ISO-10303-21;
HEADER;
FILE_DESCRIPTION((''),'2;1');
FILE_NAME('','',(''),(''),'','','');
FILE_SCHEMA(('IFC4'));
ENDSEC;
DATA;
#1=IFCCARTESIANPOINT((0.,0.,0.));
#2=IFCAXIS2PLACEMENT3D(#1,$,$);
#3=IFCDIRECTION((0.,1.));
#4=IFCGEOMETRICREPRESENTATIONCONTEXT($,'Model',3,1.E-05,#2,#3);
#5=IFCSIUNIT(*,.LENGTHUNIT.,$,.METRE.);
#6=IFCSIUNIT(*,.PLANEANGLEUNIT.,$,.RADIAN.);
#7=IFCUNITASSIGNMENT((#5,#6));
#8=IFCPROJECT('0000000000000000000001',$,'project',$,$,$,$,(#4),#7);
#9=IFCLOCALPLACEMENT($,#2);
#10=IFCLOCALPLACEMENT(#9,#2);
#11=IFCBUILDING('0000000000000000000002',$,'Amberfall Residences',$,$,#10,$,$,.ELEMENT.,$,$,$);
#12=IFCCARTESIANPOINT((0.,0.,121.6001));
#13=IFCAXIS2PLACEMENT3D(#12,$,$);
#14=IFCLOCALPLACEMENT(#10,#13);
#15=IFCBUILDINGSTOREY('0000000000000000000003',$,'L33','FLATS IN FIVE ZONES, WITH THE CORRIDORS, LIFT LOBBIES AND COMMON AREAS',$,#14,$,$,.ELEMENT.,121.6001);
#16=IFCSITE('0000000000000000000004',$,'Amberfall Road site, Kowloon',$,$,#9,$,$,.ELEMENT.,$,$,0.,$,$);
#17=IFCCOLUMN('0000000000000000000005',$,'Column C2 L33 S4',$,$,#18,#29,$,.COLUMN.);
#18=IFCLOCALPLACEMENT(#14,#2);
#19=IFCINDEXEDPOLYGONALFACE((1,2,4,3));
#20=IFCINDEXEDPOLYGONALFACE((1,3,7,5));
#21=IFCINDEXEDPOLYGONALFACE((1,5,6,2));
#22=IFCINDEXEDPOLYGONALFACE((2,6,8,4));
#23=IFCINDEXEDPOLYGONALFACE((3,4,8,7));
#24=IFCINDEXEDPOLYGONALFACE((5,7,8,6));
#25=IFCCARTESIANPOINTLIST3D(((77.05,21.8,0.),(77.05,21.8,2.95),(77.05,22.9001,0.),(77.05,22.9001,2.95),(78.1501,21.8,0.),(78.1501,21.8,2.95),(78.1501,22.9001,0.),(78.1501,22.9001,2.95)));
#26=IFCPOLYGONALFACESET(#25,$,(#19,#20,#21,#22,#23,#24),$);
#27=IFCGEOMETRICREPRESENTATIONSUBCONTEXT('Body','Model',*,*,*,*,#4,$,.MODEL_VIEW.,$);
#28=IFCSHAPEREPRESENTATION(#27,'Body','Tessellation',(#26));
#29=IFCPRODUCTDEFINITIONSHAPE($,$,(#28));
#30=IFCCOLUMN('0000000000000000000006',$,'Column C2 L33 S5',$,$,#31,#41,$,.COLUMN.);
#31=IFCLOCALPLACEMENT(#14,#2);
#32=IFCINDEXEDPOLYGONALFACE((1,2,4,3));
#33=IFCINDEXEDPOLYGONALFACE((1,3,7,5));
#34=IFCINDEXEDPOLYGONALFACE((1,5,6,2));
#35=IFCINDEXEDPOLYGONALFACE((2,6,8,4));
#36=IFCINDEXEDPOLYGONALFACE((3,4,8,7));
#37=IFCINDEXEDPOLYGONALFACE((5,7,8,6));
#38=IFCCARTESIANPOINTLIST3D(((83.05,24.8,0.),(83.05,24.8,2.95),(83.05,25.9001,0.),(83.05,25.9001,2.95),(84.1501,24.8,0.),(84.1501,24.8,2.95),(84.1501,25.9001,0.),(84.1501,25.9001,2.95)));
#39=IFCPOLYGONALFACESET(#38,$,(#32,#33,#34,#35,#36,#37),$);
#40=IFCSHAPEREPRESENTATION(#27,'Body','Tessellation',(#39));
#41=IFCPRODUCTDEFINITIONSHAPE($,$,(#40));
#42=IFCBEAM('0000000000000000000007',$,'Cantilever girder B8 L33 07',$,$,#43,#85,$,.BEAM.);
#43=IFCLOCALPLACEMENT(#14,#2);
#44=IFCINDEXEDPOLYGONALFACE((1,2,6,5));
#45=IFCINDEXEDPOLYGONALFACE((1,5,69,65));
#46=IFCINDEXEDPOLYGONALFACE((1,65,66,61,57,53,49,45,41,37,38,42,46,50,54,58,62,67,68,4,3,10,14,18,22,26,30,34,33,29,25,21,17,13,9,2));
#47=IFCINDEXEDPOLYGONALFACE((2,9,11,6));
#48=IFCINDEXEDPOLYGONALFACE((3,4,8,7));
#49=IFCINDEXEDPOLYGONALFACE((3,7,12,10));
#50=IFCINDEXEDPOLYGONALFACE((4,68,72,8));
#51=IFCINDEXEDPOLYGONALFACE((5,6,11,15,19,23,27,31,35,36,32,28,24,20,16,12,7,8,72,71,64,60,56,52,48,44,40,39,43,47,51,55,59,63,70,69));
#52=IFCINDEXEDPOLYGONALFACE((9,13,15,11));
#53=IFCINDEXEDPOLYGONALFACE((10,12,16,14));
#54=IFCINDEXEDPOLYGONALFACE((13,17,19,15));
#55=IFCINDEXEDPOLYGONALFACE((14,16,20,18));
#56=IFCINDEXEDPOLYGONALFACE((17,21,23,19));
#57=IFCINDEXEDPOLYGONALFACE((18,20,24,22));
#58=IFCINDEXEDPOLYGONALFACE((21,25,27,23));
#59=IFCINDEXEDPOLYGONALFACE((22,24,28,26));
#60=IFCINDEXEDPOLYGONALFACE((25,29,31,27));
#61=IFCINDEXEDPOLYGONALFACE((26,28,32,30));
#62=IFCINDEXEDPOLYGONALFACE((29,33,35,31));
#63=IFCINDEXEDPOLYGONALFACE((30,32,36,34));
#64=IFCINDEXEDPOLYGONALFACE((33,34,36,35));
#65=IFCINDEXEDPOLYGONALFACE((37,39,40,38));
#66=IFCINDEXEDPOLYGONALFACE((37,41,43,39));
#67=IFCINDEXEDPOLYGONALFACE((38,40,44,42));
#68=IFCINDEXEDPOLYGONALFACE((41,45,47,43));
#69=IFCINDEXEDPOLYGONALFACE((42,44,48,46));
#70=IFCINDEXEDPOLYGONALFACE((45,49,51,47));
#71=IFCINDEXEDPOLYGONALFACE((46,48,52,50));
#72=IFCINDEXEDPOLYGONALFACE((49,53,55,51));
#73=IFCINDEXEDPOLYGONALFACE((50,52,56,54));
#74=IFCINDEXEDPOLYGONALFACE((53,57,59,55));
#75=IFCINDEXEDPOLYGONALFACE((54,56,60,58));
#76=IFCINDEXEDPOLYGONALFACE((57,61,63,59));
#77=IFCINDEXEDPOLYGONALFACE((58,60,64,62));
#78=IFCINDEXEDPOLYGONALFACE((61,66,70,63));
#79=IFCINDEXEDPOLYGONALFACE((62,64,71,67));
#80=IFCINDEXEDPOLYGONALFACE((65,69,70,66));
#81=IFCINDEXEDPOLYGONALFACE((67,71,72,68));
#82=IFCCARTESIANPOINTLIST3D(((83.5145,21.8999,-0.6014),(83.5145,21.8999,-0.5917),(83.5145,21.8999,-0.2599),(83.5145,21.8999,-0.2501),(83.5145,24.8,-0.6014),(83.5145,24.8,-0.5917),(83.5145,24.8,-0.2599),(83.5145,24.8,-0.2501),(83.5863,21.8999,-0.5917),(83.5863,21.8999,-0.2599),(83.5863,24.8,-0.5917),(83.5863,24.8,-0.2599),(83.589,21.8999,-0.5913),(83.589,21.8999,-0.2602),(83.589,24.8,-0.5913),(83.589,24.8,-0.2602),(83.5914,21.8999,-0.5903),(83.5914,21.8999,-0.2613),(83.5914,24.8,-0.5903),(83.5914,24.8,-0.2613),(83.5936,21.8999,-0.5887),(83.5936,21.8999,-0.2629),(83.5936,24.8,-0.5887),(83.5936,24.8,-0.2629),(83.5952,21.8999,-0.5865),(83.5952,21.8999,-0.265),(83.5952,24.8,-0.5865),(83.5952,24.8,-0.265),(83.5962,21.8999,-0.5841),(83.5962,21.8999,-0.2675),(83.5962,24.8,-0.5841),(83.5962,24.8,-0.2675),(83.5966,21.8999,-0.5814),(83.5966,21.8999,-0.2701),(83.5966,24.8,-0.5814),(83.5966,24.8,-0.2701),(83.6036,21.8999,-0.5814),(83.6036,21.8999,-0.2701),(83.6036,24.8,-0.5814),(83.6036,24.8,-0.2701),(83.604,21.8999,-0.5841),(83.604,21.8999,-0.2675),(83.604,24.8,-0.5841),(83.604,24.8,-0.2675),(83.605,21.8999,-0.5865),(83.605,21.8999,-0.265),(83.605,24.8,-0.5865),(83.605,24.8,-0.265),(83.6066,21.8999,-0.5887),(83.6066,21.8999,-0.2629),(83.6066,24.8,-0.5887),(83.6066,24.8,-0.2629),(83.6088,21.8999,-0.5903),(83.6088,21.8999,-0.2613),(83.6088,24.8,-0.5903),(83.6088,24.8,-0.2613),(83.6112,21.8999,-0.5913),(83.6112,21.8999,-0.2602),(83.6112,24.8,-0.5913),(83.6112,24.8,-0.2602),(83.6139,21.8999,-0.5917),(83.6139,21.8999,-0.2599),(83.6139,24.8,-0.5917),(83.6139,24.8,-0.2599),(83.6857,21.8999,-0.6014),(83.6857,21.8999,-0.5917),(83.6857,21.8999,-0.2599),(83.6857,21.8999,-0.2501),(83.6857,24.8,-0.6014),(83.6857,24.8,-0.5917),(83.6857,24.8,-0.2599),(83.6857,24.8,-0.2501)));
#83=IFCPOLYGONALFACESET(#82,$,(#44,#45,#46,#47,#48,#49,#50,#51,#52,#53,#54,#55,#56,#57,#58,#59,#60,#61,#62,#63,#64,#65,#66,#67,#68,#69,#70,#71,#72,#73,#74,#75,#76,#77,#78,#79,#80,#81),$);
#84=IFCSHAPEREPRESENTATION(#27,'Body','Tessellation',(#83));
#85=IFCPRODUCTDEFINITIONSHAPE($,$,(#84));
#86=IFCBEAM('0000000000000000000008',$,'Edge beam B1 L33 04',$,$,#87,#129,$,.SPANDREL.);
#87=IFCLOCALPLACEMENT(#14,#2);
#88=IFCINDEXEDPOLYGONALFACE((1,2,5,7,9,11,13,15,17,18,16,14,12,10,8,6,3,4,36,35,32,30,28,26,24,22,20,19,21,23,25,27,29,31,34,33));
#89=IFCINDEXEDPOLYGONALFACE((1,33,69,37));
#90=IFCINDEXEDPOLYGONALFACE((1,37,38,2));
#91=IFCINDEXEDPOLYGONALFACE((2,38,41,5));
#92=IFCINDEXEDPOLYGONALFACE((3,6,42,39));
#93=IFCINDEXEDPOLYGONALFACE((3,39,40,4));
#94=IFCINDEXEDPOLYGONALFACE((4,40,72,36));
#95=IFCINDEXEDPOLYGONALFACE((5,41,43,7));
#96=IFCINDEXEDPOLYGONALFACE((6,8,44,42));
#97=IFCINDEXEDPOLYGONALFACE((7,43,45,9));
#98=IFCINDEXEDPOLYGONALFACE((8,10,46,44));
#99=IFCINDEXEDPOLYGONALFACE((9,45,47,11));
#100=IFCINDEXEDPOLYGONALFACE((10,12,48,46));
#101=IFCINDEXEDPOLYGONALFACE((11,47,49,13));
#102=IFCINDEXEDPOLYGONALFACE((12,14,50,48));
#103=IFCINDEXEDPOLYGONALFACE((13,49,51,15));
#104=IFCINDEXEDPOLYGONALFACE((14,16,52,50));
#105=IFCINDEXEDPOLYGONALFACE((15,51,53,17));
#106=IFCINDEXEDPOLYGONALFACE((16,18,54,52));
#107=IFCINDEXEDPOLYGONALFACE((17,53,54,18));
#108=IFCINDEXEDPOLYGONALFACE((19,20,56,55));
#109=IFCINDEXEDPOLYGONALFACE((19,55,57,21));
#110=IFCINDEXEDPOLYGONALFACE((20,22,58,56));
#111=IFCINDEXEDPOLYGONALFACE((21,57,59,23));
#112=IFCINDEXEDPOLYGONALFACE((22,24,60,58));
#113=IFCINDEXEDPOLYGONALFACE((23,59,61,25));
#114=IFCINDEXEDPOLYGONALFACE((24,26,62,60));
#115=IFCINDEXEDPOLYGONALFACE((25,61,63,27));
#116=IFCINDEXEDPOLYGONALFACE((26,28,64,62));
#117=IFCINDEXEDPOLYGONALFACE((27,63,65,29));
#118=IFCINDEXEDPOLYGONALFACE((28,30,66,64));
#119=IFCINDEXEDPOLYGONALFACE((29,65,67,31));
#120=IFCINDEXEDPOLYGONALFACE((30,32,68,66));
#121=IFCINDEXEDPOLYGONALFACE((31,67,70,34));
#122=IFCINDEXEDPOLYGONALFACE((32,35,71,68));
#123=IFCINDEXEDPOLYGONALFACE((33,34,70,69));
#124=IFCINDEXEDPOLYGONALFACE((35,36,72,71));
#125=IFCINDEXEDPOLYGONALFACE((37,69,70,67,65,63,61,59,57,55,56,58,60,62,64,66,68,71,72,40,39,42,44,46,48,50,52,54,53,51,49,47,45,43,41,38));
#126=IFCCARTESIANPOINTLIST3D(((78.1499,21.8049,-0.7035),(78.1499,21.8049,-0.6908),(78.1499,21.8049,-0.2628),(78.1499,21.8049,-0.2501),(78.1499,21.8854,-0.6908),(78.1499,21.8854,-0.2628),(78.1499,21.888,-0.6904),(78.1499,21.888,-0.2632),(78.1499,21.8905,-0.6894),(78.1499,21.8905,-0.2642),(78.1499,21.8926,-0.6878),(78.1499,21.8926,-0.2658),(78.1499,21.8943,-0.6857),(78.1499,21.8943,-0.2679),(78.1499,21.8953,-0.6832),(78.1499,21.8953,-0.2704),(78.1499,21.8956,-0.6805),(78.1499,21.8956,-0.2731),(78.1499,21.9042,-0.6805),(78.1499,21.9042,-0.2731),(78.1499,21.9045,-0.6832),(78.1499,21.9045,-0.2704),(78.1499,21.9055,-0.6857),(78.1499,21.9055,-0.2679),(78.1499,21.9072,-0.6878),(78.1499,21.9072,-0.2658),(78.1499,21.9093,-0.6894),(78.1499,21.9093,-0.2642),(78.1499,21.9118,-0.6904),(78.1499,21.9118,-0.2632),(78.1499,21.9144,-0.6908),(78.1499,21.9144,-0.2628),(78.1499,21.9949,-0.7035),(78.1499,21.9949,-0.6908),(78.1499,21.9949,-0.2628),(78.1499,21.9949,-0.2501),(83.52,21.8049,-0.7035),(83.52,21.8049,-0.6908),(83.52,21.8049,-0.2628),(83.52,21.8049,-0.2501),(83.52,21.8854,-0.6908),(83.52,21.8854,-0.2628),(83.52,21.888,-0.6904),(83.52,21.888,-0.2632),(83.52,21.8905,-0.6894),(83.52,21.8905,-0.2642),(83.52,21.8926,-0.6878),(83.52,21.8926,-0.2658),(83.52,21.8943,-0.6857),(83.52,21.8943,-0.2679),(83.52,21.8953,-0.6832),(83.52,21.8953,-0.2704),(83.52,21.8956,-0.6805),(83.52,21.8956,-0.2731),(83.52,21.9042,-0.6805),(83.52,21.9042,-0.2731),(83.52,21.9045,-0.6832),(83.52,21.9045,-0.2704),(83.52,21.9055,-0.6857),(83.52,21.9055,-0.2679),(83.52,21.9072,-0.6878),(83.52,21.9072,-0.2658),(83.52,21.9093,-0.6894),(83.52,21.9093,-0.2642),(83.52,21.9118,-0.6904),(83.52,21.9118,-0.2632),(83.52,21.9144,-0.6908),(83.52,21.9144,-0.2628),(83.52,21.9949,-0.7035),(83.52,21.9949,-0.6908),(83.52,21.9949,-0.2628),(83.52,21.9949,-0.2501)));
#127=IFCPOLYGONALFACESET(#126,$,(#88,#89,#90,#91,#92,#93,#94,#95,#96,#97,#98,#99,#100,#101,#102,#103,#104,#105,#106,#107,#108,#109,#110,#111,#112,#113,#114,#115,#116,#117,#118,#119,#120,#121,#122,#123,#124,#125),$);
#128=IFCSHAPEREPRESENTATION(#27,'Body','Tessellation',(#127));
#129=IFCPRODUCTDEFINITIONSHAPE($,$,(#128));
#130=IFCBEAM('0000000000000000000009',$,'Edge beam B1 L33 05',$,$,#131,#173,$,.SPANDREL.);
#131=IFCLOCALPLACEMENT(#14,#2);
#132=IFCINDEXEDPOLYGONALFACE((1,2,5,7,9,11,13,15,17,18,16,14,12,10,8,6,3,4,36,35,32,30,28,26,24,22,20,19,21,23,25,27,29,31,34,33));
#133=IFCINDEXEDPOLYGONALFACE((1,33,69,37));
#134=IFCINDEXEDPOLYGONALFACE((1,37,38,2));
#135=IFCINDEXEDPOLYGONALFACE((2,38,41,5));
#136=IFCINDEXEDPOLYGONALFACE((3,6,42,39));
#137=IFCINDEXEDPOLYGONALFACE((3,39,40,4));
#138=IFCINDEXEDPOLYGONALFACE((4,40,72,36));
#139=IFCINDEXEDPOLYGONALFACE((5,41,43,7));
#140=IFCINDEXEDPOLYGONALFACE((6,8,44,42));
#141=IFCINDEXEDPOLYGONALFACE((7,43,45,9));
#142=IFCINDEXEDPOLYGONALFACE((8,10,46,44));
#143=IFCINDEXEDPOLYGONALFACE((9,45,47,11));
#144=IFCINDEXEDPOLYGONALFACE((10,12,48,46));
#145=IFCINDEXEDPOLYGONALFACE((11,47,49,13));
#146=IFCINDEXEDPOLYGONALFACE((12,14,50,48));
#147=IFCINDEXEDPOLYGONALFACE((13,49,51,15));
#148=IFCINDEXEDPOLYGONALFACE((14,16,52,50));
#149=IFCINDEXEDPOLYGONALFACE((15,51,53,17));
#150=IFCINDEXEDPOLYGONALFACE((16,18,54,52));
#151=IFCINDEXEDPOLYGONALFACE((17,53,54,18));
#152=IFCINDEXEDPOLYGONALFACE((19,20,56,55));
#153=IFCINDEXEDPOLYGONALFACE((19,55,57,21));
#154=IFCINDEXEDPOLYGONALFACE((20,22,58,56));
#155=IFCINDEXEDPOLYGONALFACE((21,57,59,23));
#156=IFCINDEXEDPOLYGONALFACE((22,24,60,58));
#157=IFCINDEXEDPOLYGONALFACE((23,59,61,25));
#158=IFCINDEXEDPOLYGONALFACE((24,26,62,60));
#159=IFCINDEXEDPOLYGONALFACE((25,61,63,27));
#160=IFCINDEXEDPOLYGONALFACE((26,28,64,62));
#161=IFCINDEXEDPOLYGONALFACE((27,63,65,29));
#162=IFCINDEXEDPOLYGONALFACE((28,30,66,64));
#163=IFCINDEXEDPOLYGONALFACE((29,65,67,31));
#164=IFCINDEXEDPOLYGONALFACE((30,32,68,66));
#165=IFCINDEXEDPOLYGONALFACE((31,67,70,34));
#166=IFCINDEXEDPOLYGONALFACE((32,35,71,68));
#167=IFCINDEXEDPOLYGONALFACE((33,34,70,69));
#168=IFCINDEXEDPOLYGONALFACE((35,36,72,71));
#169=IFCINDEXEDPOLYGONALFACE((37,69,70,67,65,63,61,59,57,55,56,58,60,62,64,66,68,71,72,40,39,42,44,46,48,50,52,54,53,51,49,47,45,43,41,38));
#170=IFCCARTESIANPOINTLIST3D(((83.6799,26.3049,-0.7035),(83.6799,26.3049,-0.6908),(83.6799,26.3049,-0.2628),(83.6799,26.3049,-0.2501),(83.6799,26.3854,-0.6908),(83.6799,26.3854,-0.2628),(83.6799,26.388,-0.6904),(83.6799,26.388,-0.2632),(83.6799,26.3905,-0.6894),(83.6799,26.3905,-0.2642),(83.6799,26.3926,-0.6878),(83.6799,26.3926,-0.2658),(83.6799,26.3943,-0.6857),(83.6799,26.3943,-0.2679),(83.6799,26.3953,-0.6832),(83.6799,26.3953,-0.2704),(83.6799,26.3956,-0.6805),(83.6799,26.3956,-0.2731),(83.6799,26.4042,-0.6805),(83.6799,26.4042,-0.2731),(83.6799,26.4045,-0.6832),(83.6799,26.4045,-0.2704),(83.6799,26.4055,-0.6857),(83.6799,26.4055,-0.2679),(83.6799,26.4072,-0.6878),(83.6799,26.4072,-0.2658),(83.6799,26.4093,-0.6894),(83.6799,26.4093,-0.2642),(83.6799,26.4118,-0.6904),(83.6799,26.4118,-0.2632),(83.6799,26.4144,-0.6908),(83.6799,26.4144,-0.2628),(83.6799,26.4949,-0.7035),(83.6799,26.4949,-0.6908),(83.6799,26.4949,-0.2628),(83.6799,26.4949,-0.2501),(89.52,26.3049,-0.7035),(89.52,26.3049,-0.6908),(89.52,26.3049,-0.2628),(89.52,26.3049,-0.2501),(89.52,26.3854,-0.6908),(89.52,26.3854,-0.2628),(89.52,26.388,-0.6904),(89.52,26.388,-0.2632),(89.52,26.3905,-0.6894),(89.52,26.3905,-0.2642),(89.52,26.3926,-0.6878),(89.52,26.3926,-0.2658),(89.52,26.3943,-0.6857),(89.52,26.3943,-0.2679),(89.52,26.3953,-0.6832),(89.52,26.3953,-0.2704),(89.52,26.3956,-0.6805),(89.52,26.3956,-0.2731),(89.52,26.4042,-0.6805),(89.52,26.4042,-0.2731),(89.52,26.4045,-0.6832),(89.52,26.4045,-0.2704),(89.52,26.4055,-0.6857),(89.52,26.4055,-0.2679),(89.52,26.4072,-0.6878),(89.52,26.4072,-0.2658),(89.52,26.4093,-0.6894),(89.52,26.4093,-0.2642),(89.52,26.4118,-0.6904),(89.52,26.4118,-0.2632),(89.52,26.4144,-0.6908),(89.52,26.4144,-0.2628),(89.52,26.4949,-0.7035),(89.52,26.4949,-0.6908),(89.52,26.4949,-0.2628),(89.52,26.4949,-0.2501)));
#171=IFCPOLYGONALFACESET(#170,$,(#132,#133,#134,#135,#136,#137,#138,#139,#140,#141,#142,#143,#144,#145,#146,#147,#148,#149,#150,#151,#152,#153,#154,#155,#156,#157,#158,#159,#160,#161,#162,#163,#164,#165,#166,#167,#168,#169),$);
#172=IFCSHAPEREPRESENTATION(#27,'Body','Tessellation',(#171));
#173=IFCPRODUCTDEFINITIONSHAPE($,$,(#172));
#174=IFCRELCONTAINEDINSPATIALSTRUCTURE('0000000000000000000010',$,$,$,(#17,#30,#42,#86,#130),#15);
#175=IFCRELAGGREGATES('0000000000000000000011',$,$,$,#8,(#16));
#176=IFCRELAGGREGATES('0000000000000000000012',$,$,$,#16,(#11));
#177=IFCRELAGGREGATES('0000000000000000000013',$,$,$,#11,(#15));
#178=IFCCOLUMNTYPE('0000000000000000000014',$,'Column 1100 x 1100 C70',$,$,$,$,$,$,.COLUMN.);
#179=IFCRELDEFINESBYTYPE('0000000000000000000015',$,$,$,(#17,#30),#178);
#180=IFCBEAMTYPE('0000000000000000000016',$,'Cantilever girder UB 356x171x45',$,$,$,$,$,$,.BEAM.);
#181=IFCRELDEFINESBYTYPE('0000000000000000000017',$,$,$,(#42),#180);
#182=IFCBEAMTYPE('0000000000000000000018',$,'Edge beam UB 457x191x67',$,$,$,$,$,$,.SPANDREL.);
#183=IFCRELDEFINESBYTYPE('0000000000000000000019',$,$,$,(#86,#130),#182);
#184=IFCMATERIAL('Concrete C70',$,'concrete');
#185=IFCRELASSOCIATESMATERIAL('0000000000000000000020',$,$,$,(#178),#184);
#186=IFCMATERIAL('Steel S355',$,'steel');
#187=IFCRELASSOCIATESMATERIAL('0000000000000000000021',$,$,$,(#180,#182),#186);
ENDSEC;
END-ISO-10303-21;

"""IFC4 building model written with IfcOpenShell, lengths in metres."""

from ifc_helpers import new_model, si_unit, direction, frame, origin, origin_2d, place, context, subcontext, project, spatial, rectangle, i_section, extrude, material, material_profile, profile_set, type_object, element, save


model = new_model("IFC4")

# Units and contexts
model_context = context("Model", 3, precision=1e-05, world=origin(), true_north=direction((0.0, 1.0)))
body_context = subcontext(model_context, "Body", "Model", "MODEL_VIEW")
ifc_project = project(units=[si_unit("LENGTHUNIT", "METRE"), si_unit("PLANEANGLEUNIT", "RADIAN")], contexts=[model_context])

# Site, building, storey
site_placement = place(None, origin())
site = spatial("IfcSite", under=ifc_project, at=site_placement, Name="Amberfall Road site, Kowloon", CompositionType="ELEMENT", RefElevation=0.0)
building_placement = place(site_placement, origin())
building = spatial("IfcBuilding", under=site, at=building_placement, Name="Amberfall Residences", CompositionType="ELEMENT")
storey_placement = place(building_placement, frame((0.0, 0.0, 121.6001)))
storey = spatial("IfcBuildingStorey", under=building, at=storey_placement, Name="L33", Description="FLATS IN FIVE ZONES, WITH THE CORRIDORS, LIFT LOBBIES AND COMMON AREAS", CompositionType="ELEMENT", Elevation=121.6001)

# Columns
ifc_material_1 = material(Name="Concrete C70", Category="concrete")
ifc_material_profile_1 = material_profile(ifc_material_1, rectangle(XDim=1.1001, YDim=1.1001, at=origin_2d()), Name="Column 1100 x 1100 C70")
ifc_profile_set_1 = profile_set([ifc_material_profile_1], Name="Concrete C70")
column_type = type_object("IfcColumnType", Name="Column 1100 x 1100 C70", PredefinedType="COLUMN", material=ifc_profile_set_1)
for number, where, z_axis, x_axis, name in (
    (1, (77.6001, 22.3501, 0.0), (0.0, 0.0, 1.0), (1.0, 0.0, 0.0), "Column C2 L33 S4"),
    (2, (83.6001, 25.3501, 0.0), (0.0, 0.0, 1.0), (1.0, 0.0, 0.0), "Column C2 L33 S5"),
):
    element("IfcColumn", number, at=place(storey_placement, frame(where, z_axis=z_axis, x_axis=x_axis)), inside=storey, type_object=column_type, Name=name, PredefinedType="COLUMN", context=body_context, shape_type="SweptSolid", body=[
        extrude(rectangle(XDim=1.1001, YDim=1.1001, at=origin_2d()), origin(), (0.0, 0.0, 1.0), 2.95),
    ])

# Beams
ifc_material_2 = material(Name="Steel S355", Category="steel")
ifc_material_profile_2 = material_profile(ifc_material_2, i_section(OverallWidth=0.1711, OverallDepth=0.3513, WebThickness=0.0071, FlangeThickness=0.0098, FilletRadius=0.0103, at=origin_2d()), Name="UB 356x171x45")
ifc_profile_set_2 = profile_set([ifc_material_profile_2], Name="Steel S355")
beam_type_1 = type_object("IfcBeamType", Name="Cantilever girder UB 356x171x45", PredefinedType="BEAM", material=ifc_profile_set_2)
beam_1_placement = place(storey_placement, frame((83.6001, 24.8, -0.4258), z_axis=(0.0, -1.0, 0.0), x_axis=(1.0, 0.0, 0.0)))
element("IfcBeam", 3, at=beam_1_placement, inside=storey, type_object=beam_type_1, Name="Cantilever girder B8 L33 07", PredefinedType="BEAM", context=body_context, shape_type="SweptSolid", body=[
    extrude(i_section(OverallWidth=0.1711, OverallDepth=0.3513, WebThickness=0.0071, FlangeThickness=0.0098, FilletRadius=0.0103, at=origin_2d()), origin(), (0.0, 0.0, 1.0), 2.9001),
])
ifc_material_profile_3 = material_profile(ifc_material_2, i_section(OverallWidth=0.1899, OverallDepth=0.4534, WebThickness=0.0085, FlangeThickness=0.0127, FilletRadius=0.0103, at=origin_2d()), Name="UB 457x191x67")
ifc_profile_set_3 = profile_set([ifc_material_profile_3], Name="Steel S355")
beam_type_2 = type_object("IfcBeamType", Name="Edge beam UB 457x191x67", PredefinedType="SPANDREL", material=ifc_profile_set_3)
beam_2_placement = place(storey_placement, frame((78.1499, 21.8999, -0.4768), z_axis=(1.0, 0.0, 0.0), x_axis=(0.0, 1.0, 0.0)))
element("IfcBeam", 4, at=beam_2_placement, inside=storey, type_object=beam_type_2, Name="Edge beam B1 L33 04", PredefinedType="SPANDREL", context=body_context, shape_type="SweptSolid", body=[
    extrude(i_section(OverallWidth=0.1899, OverallDepth=0.4534, WebThickness=0.0085, FlangeThickness=0.0127, FilletRadius=0.0103, at=origin_2d()), origin(), (0.0, 0.0, 1.0), 5.3701),
])
beam_3_placement = place(storey_placement, frame((83.6799, 26.3999, -0.4768), z_axis=(1.0, 0.0, 0.0), x_axis=(0.0, 1.0, 0.0)))
element("IfcBeam", 5, at=beam_3_placement, inside=storey, type_object=beam_type_2, Name="Edge beam B1 L33 05", PredefinedType="SPANDREL", context=body_context, shape_type="SweptSolid", body=[
    extrude(i_section(OverallWidth=0.1899, OverallDepth=0.4534, WebThickness=0.0085, FlangeThickness=0.0127, FilletRadius=0.0103, at=origin_2d()), origin(), (0.0, 0.0, 1.0), 5.8401),
])

save(model, "model.ifc")
